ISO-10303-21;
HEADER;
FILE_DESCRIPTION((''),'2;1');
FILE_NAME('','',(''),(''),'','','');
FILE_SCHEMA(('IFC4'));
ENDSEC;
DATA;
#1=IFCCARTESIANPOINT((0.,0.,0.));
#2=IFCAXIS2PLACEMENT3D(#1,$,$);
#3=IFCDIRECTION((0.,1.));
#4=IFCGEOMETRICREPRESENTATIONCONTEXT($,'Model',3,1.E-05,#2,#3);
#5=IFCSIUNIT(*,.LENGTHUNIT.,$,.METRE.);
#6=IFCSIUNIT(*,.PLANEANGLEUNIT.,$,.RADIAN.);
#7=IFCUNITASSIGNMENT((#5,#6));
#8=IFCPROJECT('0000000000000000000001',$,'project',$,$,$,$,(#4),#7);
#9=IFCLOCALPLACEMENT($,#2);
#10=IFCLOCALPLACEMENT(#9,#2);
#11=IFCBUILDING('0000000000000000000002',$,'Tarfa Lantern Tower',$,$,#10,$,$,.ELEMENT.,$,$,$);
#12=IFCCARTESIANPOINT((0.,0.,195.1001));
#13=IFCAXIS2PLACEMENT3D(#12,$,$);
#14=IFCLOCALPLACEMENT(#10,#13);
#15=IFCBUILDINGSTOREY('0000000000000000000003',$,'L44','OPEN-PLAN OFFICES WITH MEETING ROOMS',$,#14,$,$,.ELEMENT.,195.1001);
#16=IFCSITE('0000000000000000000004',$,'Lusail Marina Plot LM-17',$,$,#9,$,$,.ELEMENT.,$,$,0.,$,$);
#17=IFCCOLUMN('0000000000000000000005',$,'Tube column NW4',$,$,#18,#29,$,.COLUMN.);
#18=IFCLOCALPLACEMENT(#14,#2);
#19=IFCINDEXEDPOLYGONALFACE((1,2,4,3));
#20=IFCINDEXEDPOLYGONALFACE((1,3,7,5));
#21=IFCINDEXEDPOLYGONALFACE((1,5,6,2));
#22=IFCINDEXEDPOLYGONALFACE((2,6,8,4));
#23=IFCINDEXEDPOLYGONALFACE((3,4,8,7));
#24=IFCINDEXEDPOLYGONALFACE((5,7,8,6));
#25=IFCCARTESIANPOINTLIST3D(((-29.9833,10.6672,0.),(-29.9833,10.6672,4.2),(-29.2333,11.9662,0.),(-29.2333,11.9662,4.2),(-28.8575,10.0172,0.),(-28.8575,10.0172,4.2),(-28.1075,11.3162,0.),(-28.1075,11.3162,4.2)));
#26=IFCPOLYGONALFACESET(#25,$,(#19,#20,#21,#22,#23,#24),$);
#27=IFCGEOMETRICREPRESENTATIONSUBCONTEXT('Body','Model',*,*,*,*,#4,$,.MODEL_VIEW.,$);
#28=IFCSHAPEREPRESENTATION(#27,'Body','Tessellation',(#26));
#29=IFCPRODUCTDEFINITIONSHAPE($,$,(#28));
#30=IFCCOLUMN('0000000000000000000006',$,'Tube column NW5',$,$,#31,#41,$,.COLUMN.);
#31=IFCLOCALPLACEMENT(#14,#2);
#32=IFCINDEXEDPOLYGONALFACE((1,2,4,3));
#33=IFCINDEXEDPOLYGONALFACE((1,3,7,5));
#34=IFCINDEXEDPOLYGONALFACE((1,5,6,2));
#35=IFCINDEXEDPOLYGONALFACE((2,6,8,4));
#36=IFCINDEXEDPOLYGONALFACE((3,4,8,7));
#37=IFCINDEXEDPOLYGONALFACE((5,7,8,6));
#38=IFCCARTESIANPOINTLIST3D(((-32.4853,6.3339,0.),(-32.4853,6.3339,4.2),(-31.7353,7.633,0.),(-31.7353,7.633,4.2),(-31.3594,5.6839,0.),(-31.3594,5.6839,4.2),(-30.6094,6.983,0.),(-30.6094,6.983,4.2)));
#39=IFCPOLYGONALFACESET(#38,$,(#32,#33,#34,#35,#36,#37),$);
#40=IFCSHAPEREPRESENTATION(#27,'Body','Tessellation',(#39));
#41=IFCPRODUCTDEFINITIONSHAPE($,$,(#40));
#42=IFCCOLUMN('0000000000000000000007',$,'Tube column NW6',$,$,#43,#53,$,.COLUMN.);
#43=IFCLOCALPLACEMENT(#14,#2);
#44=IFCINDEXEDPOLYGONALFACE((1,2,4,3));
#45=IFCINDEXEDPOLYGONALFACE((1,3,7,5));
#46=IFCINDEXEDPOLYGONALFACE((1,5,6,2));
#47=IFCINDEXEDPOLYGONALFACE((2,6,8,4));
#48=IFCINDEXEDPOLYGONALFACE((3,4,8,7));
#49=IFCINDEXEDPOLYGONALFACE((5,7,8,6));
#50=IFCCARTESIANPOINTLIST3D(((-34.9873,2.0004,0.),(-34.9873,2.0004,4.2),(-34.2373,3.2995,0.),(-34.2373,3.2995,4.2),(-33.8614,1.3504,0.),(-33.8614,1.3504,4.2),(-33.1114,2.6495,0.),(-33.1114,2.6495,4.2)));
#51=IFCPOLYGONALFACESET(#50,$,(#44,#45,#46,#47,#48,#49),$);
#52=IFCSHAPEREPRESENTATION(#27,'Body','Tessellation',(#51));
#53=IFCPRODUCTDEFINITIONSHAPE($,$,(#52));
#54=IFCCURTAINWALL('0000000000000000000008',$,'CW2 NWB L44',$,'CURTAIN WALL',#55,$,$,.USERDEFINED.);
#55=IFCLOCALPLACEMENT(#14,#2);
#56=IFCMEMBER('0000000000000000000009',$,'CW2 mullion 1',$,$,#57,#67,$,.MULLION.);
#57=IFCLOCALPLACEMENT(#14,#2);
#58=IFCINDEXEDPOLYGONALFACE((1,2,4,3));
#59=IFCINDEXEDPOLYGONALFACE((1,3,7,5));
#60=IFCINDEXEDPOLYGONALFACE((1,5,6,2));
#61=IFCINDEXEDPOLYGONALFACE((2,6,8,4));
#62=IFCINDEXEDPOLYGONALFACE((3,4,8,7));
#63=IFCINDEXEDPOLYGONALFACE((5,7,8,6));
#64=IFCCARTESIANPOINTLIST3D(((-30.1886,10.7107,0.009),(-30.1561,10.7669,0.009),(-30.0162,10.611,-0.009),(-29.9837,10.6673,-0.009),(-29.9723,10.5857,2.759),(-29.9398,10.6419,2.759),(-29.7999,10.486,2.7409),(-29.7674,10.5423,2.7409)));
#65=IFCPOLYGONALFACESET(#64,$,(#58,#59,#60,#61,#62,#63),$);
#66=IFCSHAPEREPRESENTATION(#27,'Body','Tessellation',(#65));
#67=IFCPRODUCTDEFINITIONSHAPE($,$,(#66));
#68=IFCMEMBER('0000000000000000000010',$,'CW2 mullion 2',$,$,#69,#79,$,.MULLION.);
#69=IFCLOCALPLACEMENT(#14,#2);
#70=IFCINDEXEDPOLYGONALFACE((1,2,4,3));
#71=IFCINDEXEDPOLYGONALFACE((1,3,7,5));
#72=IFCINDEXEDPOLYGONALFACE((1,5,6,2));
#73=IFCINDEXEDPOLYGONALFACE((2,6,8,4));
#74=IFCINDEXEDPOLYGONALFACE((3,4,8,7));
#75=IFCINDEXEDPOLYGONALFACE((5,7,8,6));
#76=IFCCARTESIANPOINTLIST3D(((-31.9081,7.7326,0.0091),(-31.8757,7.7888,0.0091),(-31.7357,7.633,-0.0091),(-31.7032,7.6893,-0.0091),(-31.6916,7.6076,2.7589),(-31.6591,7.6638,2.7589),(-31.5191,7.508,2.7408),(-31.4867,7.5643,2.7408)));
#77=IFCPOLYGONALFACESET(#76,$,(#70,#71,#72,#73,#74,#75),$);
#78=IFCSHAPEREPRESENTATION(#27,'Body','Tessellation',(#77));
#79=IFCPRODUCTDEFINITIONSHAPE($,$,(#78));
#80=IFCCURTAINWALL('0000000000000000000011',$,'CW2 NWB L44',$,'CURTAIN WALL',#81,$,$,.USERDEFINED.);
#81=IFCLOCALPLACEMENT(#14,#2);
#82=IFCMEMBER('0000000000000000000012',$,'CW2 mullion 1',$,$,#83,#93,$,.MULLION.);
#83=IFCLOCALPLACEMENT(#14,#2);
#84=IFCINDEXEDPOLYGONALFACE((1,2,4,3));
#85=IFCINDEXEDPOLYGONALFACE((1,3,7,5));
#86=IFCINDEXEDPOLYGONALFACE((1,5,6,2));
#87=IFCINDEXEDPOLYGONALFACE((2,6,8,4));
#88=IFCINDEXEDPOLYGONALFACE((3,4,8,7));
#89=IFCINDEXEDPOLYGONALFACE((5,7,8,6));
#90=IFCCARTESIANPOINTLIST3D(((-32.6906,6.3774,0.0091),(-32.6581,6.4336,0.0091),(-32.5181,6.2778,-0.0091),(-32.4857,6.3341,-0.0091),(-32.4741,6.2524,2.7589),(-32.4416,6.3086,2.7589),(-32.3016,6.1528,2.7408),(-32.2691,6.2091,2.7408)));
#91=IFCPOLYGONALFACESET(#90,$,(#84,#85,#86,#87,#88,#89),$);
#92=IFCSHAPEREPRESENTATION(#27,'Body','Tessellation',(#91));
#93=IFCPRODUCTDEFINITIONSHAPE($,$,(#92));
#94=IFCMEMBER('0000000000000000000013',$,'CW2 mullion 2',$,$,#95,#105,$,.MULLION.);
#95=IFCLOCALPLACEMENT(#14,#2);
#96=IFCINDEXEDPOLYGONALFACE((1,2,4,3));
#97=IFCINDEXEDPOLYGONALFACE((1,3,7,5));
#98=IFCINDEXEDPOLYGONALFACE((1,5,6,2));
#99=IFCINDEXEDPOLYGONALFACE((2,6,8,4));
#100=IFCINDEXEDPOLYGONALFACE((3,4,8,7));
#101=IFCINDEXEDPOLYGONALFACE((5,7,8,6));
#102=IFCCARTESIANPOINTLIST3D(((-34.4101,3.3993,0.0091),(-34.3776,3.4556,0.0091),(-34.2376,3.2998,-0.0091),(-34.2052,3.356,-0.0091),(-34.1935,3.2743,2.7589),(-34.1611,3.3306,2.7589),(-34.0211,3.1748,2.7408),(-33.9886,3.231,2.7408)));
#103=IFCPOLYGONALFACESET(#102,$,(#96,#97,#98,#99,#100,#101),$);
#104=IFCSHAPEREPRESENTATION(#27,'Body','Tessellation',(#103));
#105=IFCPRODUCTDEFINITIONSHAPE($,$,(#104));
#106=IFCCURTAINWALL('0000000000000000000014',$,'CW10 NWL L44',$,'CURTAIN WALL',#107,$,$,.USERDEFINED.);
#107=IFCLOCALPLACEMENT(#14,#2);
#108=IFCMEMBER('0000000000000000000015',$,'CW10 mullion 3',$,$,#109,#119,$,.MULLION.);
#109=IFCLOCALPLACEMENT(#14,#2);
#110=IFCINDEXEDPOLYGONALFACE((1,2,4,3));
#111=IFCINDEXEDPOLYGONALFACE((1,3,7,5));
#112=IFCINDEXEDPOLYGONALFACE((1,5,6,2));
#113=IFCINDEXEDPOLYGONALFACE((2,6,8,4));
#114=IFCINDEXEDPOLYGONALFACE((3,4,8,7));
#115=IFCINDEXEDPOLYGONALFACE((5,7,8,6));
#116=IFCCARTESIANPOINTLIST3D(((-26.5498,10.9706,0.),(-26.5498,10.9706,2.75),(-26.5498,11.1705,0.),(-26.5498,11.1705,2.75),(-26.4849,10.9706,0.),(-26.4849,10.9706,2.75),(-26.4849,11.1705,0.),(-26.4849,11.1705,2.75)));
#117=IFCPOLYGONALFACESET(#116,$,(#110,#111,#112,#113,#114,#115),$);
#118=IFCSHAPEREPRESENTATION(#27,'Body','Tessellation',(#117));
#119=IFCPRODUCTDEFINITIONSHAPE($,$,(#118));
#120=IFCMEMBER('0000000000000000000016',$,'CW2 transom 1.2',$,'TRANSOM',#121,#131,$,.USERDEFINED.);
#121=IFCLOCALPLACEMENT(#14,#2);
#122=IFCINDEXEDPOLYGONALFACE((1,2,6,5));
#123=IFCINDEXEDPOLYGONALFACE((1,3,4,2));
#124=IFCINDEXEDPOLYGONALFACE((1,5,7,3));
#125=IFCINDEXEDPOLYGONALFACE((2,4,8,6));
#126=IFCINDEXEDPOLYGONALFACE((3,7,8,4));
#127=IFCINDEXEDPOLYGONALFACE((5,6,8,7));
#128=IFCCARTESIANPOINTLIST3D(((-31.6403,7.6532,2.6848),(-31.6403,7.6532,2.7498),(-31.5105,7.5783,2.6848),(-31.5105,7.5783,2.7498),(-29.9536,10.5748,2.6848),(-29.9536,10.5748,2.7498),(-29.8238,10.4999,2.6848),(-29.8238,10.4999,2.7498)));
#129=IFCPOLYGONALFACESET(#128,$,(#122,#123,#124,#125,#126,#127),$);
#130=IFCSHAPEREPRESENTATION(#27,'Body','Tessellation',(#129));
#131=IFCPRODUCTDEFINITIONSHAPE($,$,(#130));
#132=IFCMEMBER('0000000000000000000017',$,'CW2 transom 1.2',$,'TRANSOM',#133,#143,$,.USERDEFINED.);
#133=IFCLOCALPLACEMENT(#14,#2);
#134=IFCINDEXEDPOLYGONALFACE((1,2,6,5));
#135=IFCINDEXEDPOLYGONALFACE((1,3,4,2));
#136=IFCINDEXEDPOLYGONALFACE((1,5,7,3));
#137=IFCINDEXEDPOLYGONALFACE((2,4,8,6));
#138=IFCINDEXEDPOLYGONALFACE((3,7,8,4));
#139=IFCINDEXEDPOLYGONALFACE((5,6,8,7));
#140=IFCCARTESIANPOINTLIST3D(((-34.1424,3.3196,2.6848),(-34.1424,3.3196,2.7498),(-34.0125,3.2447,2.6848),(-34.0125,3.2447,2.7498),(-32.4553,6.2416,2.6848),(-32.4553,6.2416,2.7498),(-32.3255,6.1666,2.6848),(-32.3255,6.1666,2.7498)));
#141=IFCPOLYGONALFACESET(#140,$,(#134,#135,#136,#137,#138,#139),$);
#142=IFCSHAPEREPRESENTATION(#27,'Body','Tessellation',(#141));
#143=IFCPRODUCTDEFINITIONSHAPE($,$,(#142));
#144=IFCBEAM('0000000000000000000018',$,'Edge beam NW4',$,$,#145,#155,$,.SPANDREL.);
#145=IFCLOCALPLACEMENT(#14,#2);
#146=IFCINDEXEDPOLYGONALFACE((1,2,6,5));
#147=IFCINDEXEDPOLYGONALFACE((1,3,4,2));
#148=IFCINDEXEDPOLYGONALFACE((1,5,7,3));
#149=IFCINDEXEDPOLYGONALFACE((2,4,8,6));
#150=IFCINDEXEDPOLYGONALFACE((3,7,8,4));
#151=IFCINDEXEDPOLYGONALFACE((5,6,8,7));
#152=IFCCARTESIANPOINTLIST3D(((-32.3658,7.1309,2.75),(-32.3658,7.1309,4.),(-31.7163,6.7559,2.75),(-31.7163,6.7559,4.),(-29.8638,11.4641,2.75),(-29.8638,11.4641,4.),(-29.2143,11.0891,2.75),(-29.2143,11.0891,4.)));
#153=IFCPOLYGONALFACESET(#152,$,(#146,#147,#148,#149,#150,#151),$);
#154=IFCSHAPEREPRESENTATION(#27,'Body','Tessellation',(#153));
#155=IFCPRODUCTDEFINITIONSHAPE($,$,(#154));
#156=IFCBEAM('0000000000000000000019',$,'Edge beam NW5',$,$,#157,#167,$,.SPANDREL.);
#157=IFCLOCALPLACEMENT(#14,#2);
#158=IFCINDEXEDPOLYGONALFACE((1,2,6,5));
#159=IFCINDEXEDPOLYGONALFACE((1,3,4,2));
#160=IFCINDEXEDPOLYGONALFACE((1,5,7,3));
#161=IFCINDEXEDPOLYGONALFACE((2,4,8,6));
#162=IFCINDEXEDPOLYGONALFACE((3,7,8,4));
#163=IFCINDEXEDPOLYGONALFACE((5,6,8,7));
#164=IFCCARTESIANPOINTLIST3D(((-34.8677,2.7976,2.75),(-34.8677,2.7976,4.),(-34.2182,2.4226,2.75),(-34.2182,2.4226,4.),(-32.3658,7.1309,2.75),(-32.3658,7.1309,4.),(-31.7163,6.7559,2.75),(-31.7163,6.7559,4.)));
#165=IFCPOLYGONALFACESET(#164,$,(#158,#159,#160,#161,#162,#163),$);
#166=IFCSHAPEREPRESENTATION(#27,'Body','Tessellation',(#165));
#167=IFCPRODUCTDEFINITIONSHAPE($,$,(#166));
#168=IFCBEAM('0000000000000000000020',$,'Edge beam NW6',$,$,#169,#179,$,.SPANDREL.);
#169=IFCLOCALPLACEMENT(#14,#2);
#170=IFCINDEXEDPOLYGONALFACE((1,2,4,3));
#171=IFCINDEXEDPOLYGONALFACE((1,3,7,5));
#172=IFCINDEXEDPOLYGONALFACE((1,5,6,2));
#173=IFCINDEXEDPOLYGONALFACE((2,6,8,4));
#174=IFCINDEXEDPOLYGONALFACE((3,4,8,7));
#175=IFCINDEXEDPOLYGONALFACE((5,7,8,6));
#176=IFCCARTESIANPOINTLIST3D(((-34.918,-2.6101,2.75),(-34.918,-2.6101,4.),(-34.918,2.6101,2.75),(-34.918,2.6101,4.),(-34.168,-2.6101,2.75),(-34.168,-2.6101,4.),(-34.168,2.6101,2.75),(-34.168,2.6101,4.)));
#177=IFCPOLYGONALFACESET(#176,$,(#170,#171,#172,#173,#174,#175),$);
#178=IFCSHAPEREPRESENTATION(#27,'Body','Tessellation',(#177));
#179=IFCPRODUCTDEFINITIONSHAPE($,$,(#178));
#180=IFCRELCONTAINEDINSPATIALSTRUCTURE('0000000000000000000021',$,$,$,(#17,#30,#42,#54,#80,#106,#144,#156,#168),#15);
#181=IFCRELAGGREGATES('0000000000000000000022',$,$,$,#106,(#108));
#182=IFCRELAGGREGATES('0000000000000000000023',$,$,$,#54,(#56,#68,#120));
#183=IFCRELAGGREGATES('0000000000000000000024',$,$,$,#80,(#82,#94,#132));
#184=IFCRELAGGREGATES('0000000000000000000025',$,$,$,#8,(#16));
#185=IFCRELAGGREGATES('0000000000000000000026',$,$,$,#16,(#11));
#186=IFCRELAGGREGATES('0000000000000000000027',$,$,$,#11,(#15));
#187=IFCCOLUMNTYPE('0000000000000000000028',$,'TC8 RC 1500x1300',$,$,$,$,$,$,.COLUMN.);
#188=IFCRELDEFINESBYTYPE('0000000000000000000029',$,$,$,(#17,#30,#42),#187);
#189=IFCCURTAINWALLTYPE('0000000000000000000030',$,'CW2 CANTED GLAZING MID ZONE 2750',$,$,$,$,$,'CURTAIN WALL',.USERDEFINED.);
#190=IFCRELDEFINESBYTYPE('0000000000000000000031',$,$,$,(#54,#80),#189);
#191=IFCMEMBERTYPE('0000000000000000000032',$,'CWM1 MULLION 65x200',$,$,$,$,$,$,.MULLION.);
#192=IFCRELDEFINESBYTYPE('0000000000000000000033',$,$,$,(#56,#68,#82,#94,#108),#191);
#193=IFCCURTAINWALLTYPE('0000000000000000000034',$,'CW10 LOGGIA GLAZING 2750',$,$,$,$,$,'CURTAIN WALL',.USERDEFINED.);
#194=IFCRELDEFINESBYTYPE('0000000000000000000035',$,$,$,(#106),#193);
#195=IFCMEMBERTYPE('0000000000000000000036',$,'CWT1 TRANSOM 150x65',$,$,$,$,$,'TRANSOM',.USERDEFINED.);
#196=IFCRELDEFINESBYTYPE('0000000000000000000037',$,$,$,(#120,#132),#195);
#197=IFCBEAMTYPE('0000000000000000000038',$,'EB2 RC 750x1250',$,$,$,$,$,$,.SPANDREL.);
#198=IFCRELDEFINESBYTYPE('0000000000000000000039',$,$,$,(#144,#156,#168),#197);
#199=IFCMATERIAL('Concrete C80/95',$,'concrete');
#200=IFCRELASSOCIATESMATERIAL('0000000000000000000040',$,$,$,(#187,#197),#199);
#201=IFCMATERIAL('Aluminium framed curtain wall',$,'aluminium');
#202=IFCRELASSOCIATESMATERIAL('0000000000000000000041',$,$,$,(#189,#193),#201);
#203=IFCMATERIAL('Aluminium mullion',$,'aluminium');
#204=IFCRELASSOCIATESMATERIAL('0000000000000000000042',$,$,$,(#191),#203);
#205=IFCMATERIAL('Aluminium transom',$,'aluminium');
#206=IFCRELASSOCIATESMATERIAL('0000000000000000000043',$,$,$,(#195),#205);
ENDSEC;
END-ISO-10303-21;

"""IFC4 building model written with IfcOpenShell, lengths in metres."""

from ifc_helpers import new_model, si_unit, direction, frame, origin, origin_2d, place, context, subcontext, project, spatial, rectangle, extrude, material, material_profile, profile_set, type_object, element, aggregate, save


model = new_model("IFC4")

# Units and contexts
model_context = context("Model", 3, precision=1e-05, world=origin(), true_north=direction((0.0, 1.0)))
body_context = subcontext(model_context, "Body", "Model", "MODEL_VIEW")
ifc_project = project(units=[si_unit("LENGTHUNIT", "METRE"), si_unit("PLANEANGLEUNIT", "RADIAN")], contexts=[model_context])

# Site, building, storey
site_placement = place(None, origin())
site = spatial("IfcSite", under=ifc_project, at=site_placement, Name="Lusail Marina Plot LM-17", CompositionType="ELEMENT", RefElevation=0.0)
building_placement = place(site_placement, origin())
building = spatial("IfcBuilding", under=site, at=building_placement, Name="Tarfa Lantern Tower", CompositionType="ELEMENT")
storey_placement = place(building_placement, frame((0.0, 0.0, 195.1001)))
storey = spatial("IfcBuildingStorey", under=building, at=storey_placement, Name="L44", Description="OPEN-PLAN OFFICES WITH MEETING ROOMS", CompositionType="ELEMENT", Elevation=195.1001)

# Columns
ifc_material_1 = material(Name="Concrete C80/95", Category="concrete")
ifc_material_profile_1 = material_profile(ifc_material_1, rectangle(XDim=1.5, YDim=1.3, at=origin_2d()), Name="RC 1500x1300")
ifc_profile_set_1 = profile_set([ifc_material_profile_1], Name="Concrete C80/95")
column_type = type_object("IfcColumnType", Name="TC8 RC 1500x1300", PredefinedType="COLUMN", material=ifc_profile_set_1)
for number, where, z_axis, x_axis, name in (
    (1, (-29.0454, 10.9917, 0.0), (0.0, 0.0, 1.0), (-0.5, -0.866025, 0.0), "Tube column NW4"),
    (2, (-31.5474, 6.6584, 0.0), (0.0, 0.0, 1.0), (-0.5, -0.866025, 0.0), "Tube column NW5"),
    (3, (-34.0493, 2.325, 0.0), (0.0, 0.0, 1.0), (-0.5, -0.866025, 0.0), "Tube column NW6"),
):
    element("IfcColumn", number, at=place(storey_placement, frame(where, z_axis=z_axis, x_axis=x_axis)), inside=storey, type_object=column_type, Name=name, PredefinedType="COLUMN", context=body_context, shape_type="SweptSolid", body=[
        extrude(rectangle(XDim=1.5, YDim=1.3, at=origin_2d()), origin(), (0.0, 0.0, 1.0), 4.2),
    ])

# Curtain walls, members
ifc_material_2 = material(Name="Aluminium framed curtain wall", Category="aluminium")
curtain_wall_type_1 = type_object("IfcCurtainWallType", Name="CW2 CANTED GLAZING MID ZONE 2750", ElementType="CURTAIN WALL", PredefinedType="USERDEFINED", material=ifc_material_2)
curtain_wall_1_placement = place(storey_placement, origin())
curtain_wall_1 = element("IfcCurtainWall", 4, at=curtain_wall_1_placement, inside=storey, type_object=curtain_wall_type_1, Name="CW2 NWB L44", ObjectType="CURTAIN WALL", PredefinedType="USERDEFINED")
ifc_material_3 = material(Name="Aluminium mullion", Category="aluminium")
ifc_material_profile_2 = material_profile(ifc_material_3, rectangle(XDim=0.0649, YDim=0.2, at=origin_2d()), Name="AL MULLION 65x200")
ifc_profile_set_2 = profile_set([ifc_material_profile_2], Name="Aluminium mullion")
member_type_1 = type_object("IfcMemberType", Name="CWM1 MULLION 65x200", PredefinedType="MULLION", material=ifc_profile_set_2)
member_1_placement = place(storey_placement, frame((-30.0862, 10.689, 0.0), z_axis=(0.078335, -0.045268, 0.995899), x_axis=(0.500343, 0.865827, 0.0)))
member_1 = element("IfcMember", 5, at=member_1_placement, type_object=member_type_1, Name="CW2 mullion 1", PredefinedType="MULLION", context=body_context, shape_type="SweptSolid", body=[
    extrude(rectangle(XDim=0.0649, YDim=0.2, at=origin_2d()), origin(), (0.0, 0.0, 1.0), 2.7612),
])
member_2_placement = place(storey_placement, frame((-31.8057, 7.7109, 0.0), z_axis=(0.078423, -0.045268, 0.995892), x_axis=(0.49992, 0.866072, 0.0)))
member_2 = element("IfcMember", 6, at=member_2_placement, type_object=member_type_1, Name="CW2 mullion 2", PredefinedType="MULLION", context=body_context, shape_type="SweptSolid", body=[
    extrude(rectangle(XDim=0.0649, YDim=0.2, at=origin_2d()), origin(), (0.0, 0.0, 1.0), 2.7612),
])
curtain_wall_2_placement = place(storey_placement, origin())
curtain_wall_2 = element("IfcCurtainWall", 7, at=curtain_wall_2_placement, inside=storey, type_object=curtain_wall_type_1, Name="CW2 NWB L44", ObjectType="CURTAIN WALL", PredefinedType="USERDEFINED")
member_3_placement = place(storey_placement, frame((-32.5881, 6.3557, 0.0), z_axis=(0.078423, -0.045268, 0.995892), x_axis=(0.49992, 0.866072, 0.0)))
member_3 = element("IfcMember", 8, at=member_3_placement, type_object=member_type_1, Name="CW2 mullion 1", PredefinedType="MULLION", context=body_context, shape_type="SweptSolid", body=[
    extrude(rectangle(XDim=0.0649, YDim=0.2, at=origin_2d()), origin(), (0.0, 0.0, 1.0), 2.7612),
])
member_4_placement = place(storey_placement, frame((-34.3076, 3.3777, 0.0), z_axis=(0.078423, -0.045268, 0.995892), x_axis=(0.49992, 0.866072, 0.0)))
member_4 = element("IfcMember", 9, at=member_4_placement, type_object=member_type_1, Name="CW2 mullion 2", PredefinedType="MULLION", context=body_context, shape_type="SweptSolid", body=[
    extrude(rectangle(XDim=0.0649, YDim=0.2, at=origin_2d()), origin(), (0.0, 0.0, 1.0), 2.7612),
])

# Curtain wall, member
curtain_wall_type_2 = type_object("IfcCurtainWallType", Name="CW10 LOGGIA GLAZING 2750", ElementType="CURTAIN WALL", PredefinedType="USERDEFINED", material=ifc_material_2)
curtain_wall_3_placement = place(storey_placement, origin())
curtain_wall_3 = element("IfcCurtainWall", 10, at=curtain_wall_3_placement, inside=storey, type_object=curtain_wall_type_2, Name="CW10 NWL L44", ObjectType="CURTAIN WALL", PredefinedType="USERDEFINED")
member_5_placement = place(storey_placement, frame((-26.5173, 11.0706, 0.0), z_axis=(0.0, 0.0, 1.0), x_axis=(1.0, 0.0, 0.0)))
member_5 = element("IfcMember", 11, at=member_5_placement, type_object=member_type_1, Name="CW10 mullion 3", PredefinedType="MULLION", context=body_context, shape_type="SweptSolid", body=[
    extrude(rectangle(XDim=0.0649, YDim=0.2, at=origin_2d()), origin(), (0.0, 0.0, 1.0), 2.75),
])
aggregate(curtain_wall_3, [member_5])

# Members
ifc_material_4 = material(Name="Aluminium transom", Category="aluminium")
ifc_material_profile_3 = material_profile(ifc_material_4, rectangle(XDim=0.1499, YDim=0.0649, at=origin_2d()), Name="AL TRANSOM 150x65")
ifc_profile_set_3 = profile_set([ifc_material_profile_3], Name="Aluminium transom")
member_type_2 = type_object("IfcMemberType", Name="CWT1 TRANSOM 150x65", ElementType="TRANSOM", PredefinedType="USERDEFINED", material=ifc_profile_set_3)
member_6_placement = place(storey_placement, frame((-29.8887, 10.5374, 2.7173), z_axis=(-0.499992, -0.86603, 0.0), x_axis=(0.86603, -0.499992, 0.0)))
member_6 = element("IfcMember", 12, at=member_6_placement, type_object=member_type_2, Name="CW2 transom 1.2", ObjectType="TRANSOM", PredefinedType="USERDEFINED", context=body_context, shape_type="SweptSolid", body=[
    extrude(rectangle(XDim=0.1499, YDim=0.0649, at=origin_2d()), origin(), (0.0, 0.0, 1.0), 3.3735),
])
member_7_placement = place(storey_placement, frame((-32.3904, 6.2041, 2.7173), z_axis=(-0.500015, -0.866017, 0.0), x_axis=(0.866017, -0.500015, 0.0)))
member_7 = element("IfcMember", 13, at=member_7_placement, type_object=member_type_2, Name="CW2 transom 1.2", ObjectType="TRANSOM", PredefinedType="USERDEFINED", context=body_context, shape_type="SweptSolid", body=[
    extrude(rectangle(XDim=0.1499, YDim=0.0649, at=origin_2d()), origin(), (0.0, 0.0, 1.0), 3.374),
])

# Beams
ifc_material_profile_4 = material_profile(ifc_material_1, rectangle(XDim=0.75, YDim=1.25, at=origin_2d()), Name="RC 750x1250")
ifc_profile_set_4 = profile_set([ifc_material_profile_4], Name="Concrete C80/95")
beam_type_1 = type_object("IfcBeamType", Name="EB2 RC 750x1250", PredefinedType="SPANDREL", material=ifc_profile_set_4)
for number, where, z_axis, x_axis, name in (
    (14, (-29.5391, 11.2766, 3.375), (-0.500022, -0.866013, 0.0), (0.866013, -0.500022, 0.0), "Edge beam NW4"),
    (15, (-32.041, 6.9434, 3.375), (-0.500022, -0.866013, 0.0), (0.866013, -0.500022, 0.0), "Edge beam NW5"),
):
    element("IfcBeam", number, at=place(storey_placement, frame(where, z_axis=z_axis, x_axis=x_axis)), inside=storey, type_object=beam_type_1, Name=name, PredefinedType="SPANDREL", context=body_context, shape_type="SweptSolid", body=[
        extrude(rectangle(XDim=0.75, YDim=1.25, at=origin_2d()), origin(), (0.0, 0.0, 1.0), 5.0037),
    ])
beam_1_placement = place(storey_placement, frame((-34.543, 2.6101, 3.375), z_axis=(0.0, -1.0, 0.0), x_axis=(1.0, 0.0, 0.0)))
element("IfcBeam", 16, at=beam_1_placement, inside=storey, type_object=beam_type_1, Name="Edge beam NW6", PredefinedType="SPANDREL", context=body_context, shape_type="SweptSolid", body=[
    extrude(rectangle(XDim=0.75, YDim=1.25, at=origin_2d()), origin(), (0.0, 0.0, 1.0), 5.2202),
])

aggregate(curtain_wall_1, [member_1, member_2, member_6])
aggregate(curtain_wall_2, [member_3, member_4, member_7])

save(model, "model.ifc")
